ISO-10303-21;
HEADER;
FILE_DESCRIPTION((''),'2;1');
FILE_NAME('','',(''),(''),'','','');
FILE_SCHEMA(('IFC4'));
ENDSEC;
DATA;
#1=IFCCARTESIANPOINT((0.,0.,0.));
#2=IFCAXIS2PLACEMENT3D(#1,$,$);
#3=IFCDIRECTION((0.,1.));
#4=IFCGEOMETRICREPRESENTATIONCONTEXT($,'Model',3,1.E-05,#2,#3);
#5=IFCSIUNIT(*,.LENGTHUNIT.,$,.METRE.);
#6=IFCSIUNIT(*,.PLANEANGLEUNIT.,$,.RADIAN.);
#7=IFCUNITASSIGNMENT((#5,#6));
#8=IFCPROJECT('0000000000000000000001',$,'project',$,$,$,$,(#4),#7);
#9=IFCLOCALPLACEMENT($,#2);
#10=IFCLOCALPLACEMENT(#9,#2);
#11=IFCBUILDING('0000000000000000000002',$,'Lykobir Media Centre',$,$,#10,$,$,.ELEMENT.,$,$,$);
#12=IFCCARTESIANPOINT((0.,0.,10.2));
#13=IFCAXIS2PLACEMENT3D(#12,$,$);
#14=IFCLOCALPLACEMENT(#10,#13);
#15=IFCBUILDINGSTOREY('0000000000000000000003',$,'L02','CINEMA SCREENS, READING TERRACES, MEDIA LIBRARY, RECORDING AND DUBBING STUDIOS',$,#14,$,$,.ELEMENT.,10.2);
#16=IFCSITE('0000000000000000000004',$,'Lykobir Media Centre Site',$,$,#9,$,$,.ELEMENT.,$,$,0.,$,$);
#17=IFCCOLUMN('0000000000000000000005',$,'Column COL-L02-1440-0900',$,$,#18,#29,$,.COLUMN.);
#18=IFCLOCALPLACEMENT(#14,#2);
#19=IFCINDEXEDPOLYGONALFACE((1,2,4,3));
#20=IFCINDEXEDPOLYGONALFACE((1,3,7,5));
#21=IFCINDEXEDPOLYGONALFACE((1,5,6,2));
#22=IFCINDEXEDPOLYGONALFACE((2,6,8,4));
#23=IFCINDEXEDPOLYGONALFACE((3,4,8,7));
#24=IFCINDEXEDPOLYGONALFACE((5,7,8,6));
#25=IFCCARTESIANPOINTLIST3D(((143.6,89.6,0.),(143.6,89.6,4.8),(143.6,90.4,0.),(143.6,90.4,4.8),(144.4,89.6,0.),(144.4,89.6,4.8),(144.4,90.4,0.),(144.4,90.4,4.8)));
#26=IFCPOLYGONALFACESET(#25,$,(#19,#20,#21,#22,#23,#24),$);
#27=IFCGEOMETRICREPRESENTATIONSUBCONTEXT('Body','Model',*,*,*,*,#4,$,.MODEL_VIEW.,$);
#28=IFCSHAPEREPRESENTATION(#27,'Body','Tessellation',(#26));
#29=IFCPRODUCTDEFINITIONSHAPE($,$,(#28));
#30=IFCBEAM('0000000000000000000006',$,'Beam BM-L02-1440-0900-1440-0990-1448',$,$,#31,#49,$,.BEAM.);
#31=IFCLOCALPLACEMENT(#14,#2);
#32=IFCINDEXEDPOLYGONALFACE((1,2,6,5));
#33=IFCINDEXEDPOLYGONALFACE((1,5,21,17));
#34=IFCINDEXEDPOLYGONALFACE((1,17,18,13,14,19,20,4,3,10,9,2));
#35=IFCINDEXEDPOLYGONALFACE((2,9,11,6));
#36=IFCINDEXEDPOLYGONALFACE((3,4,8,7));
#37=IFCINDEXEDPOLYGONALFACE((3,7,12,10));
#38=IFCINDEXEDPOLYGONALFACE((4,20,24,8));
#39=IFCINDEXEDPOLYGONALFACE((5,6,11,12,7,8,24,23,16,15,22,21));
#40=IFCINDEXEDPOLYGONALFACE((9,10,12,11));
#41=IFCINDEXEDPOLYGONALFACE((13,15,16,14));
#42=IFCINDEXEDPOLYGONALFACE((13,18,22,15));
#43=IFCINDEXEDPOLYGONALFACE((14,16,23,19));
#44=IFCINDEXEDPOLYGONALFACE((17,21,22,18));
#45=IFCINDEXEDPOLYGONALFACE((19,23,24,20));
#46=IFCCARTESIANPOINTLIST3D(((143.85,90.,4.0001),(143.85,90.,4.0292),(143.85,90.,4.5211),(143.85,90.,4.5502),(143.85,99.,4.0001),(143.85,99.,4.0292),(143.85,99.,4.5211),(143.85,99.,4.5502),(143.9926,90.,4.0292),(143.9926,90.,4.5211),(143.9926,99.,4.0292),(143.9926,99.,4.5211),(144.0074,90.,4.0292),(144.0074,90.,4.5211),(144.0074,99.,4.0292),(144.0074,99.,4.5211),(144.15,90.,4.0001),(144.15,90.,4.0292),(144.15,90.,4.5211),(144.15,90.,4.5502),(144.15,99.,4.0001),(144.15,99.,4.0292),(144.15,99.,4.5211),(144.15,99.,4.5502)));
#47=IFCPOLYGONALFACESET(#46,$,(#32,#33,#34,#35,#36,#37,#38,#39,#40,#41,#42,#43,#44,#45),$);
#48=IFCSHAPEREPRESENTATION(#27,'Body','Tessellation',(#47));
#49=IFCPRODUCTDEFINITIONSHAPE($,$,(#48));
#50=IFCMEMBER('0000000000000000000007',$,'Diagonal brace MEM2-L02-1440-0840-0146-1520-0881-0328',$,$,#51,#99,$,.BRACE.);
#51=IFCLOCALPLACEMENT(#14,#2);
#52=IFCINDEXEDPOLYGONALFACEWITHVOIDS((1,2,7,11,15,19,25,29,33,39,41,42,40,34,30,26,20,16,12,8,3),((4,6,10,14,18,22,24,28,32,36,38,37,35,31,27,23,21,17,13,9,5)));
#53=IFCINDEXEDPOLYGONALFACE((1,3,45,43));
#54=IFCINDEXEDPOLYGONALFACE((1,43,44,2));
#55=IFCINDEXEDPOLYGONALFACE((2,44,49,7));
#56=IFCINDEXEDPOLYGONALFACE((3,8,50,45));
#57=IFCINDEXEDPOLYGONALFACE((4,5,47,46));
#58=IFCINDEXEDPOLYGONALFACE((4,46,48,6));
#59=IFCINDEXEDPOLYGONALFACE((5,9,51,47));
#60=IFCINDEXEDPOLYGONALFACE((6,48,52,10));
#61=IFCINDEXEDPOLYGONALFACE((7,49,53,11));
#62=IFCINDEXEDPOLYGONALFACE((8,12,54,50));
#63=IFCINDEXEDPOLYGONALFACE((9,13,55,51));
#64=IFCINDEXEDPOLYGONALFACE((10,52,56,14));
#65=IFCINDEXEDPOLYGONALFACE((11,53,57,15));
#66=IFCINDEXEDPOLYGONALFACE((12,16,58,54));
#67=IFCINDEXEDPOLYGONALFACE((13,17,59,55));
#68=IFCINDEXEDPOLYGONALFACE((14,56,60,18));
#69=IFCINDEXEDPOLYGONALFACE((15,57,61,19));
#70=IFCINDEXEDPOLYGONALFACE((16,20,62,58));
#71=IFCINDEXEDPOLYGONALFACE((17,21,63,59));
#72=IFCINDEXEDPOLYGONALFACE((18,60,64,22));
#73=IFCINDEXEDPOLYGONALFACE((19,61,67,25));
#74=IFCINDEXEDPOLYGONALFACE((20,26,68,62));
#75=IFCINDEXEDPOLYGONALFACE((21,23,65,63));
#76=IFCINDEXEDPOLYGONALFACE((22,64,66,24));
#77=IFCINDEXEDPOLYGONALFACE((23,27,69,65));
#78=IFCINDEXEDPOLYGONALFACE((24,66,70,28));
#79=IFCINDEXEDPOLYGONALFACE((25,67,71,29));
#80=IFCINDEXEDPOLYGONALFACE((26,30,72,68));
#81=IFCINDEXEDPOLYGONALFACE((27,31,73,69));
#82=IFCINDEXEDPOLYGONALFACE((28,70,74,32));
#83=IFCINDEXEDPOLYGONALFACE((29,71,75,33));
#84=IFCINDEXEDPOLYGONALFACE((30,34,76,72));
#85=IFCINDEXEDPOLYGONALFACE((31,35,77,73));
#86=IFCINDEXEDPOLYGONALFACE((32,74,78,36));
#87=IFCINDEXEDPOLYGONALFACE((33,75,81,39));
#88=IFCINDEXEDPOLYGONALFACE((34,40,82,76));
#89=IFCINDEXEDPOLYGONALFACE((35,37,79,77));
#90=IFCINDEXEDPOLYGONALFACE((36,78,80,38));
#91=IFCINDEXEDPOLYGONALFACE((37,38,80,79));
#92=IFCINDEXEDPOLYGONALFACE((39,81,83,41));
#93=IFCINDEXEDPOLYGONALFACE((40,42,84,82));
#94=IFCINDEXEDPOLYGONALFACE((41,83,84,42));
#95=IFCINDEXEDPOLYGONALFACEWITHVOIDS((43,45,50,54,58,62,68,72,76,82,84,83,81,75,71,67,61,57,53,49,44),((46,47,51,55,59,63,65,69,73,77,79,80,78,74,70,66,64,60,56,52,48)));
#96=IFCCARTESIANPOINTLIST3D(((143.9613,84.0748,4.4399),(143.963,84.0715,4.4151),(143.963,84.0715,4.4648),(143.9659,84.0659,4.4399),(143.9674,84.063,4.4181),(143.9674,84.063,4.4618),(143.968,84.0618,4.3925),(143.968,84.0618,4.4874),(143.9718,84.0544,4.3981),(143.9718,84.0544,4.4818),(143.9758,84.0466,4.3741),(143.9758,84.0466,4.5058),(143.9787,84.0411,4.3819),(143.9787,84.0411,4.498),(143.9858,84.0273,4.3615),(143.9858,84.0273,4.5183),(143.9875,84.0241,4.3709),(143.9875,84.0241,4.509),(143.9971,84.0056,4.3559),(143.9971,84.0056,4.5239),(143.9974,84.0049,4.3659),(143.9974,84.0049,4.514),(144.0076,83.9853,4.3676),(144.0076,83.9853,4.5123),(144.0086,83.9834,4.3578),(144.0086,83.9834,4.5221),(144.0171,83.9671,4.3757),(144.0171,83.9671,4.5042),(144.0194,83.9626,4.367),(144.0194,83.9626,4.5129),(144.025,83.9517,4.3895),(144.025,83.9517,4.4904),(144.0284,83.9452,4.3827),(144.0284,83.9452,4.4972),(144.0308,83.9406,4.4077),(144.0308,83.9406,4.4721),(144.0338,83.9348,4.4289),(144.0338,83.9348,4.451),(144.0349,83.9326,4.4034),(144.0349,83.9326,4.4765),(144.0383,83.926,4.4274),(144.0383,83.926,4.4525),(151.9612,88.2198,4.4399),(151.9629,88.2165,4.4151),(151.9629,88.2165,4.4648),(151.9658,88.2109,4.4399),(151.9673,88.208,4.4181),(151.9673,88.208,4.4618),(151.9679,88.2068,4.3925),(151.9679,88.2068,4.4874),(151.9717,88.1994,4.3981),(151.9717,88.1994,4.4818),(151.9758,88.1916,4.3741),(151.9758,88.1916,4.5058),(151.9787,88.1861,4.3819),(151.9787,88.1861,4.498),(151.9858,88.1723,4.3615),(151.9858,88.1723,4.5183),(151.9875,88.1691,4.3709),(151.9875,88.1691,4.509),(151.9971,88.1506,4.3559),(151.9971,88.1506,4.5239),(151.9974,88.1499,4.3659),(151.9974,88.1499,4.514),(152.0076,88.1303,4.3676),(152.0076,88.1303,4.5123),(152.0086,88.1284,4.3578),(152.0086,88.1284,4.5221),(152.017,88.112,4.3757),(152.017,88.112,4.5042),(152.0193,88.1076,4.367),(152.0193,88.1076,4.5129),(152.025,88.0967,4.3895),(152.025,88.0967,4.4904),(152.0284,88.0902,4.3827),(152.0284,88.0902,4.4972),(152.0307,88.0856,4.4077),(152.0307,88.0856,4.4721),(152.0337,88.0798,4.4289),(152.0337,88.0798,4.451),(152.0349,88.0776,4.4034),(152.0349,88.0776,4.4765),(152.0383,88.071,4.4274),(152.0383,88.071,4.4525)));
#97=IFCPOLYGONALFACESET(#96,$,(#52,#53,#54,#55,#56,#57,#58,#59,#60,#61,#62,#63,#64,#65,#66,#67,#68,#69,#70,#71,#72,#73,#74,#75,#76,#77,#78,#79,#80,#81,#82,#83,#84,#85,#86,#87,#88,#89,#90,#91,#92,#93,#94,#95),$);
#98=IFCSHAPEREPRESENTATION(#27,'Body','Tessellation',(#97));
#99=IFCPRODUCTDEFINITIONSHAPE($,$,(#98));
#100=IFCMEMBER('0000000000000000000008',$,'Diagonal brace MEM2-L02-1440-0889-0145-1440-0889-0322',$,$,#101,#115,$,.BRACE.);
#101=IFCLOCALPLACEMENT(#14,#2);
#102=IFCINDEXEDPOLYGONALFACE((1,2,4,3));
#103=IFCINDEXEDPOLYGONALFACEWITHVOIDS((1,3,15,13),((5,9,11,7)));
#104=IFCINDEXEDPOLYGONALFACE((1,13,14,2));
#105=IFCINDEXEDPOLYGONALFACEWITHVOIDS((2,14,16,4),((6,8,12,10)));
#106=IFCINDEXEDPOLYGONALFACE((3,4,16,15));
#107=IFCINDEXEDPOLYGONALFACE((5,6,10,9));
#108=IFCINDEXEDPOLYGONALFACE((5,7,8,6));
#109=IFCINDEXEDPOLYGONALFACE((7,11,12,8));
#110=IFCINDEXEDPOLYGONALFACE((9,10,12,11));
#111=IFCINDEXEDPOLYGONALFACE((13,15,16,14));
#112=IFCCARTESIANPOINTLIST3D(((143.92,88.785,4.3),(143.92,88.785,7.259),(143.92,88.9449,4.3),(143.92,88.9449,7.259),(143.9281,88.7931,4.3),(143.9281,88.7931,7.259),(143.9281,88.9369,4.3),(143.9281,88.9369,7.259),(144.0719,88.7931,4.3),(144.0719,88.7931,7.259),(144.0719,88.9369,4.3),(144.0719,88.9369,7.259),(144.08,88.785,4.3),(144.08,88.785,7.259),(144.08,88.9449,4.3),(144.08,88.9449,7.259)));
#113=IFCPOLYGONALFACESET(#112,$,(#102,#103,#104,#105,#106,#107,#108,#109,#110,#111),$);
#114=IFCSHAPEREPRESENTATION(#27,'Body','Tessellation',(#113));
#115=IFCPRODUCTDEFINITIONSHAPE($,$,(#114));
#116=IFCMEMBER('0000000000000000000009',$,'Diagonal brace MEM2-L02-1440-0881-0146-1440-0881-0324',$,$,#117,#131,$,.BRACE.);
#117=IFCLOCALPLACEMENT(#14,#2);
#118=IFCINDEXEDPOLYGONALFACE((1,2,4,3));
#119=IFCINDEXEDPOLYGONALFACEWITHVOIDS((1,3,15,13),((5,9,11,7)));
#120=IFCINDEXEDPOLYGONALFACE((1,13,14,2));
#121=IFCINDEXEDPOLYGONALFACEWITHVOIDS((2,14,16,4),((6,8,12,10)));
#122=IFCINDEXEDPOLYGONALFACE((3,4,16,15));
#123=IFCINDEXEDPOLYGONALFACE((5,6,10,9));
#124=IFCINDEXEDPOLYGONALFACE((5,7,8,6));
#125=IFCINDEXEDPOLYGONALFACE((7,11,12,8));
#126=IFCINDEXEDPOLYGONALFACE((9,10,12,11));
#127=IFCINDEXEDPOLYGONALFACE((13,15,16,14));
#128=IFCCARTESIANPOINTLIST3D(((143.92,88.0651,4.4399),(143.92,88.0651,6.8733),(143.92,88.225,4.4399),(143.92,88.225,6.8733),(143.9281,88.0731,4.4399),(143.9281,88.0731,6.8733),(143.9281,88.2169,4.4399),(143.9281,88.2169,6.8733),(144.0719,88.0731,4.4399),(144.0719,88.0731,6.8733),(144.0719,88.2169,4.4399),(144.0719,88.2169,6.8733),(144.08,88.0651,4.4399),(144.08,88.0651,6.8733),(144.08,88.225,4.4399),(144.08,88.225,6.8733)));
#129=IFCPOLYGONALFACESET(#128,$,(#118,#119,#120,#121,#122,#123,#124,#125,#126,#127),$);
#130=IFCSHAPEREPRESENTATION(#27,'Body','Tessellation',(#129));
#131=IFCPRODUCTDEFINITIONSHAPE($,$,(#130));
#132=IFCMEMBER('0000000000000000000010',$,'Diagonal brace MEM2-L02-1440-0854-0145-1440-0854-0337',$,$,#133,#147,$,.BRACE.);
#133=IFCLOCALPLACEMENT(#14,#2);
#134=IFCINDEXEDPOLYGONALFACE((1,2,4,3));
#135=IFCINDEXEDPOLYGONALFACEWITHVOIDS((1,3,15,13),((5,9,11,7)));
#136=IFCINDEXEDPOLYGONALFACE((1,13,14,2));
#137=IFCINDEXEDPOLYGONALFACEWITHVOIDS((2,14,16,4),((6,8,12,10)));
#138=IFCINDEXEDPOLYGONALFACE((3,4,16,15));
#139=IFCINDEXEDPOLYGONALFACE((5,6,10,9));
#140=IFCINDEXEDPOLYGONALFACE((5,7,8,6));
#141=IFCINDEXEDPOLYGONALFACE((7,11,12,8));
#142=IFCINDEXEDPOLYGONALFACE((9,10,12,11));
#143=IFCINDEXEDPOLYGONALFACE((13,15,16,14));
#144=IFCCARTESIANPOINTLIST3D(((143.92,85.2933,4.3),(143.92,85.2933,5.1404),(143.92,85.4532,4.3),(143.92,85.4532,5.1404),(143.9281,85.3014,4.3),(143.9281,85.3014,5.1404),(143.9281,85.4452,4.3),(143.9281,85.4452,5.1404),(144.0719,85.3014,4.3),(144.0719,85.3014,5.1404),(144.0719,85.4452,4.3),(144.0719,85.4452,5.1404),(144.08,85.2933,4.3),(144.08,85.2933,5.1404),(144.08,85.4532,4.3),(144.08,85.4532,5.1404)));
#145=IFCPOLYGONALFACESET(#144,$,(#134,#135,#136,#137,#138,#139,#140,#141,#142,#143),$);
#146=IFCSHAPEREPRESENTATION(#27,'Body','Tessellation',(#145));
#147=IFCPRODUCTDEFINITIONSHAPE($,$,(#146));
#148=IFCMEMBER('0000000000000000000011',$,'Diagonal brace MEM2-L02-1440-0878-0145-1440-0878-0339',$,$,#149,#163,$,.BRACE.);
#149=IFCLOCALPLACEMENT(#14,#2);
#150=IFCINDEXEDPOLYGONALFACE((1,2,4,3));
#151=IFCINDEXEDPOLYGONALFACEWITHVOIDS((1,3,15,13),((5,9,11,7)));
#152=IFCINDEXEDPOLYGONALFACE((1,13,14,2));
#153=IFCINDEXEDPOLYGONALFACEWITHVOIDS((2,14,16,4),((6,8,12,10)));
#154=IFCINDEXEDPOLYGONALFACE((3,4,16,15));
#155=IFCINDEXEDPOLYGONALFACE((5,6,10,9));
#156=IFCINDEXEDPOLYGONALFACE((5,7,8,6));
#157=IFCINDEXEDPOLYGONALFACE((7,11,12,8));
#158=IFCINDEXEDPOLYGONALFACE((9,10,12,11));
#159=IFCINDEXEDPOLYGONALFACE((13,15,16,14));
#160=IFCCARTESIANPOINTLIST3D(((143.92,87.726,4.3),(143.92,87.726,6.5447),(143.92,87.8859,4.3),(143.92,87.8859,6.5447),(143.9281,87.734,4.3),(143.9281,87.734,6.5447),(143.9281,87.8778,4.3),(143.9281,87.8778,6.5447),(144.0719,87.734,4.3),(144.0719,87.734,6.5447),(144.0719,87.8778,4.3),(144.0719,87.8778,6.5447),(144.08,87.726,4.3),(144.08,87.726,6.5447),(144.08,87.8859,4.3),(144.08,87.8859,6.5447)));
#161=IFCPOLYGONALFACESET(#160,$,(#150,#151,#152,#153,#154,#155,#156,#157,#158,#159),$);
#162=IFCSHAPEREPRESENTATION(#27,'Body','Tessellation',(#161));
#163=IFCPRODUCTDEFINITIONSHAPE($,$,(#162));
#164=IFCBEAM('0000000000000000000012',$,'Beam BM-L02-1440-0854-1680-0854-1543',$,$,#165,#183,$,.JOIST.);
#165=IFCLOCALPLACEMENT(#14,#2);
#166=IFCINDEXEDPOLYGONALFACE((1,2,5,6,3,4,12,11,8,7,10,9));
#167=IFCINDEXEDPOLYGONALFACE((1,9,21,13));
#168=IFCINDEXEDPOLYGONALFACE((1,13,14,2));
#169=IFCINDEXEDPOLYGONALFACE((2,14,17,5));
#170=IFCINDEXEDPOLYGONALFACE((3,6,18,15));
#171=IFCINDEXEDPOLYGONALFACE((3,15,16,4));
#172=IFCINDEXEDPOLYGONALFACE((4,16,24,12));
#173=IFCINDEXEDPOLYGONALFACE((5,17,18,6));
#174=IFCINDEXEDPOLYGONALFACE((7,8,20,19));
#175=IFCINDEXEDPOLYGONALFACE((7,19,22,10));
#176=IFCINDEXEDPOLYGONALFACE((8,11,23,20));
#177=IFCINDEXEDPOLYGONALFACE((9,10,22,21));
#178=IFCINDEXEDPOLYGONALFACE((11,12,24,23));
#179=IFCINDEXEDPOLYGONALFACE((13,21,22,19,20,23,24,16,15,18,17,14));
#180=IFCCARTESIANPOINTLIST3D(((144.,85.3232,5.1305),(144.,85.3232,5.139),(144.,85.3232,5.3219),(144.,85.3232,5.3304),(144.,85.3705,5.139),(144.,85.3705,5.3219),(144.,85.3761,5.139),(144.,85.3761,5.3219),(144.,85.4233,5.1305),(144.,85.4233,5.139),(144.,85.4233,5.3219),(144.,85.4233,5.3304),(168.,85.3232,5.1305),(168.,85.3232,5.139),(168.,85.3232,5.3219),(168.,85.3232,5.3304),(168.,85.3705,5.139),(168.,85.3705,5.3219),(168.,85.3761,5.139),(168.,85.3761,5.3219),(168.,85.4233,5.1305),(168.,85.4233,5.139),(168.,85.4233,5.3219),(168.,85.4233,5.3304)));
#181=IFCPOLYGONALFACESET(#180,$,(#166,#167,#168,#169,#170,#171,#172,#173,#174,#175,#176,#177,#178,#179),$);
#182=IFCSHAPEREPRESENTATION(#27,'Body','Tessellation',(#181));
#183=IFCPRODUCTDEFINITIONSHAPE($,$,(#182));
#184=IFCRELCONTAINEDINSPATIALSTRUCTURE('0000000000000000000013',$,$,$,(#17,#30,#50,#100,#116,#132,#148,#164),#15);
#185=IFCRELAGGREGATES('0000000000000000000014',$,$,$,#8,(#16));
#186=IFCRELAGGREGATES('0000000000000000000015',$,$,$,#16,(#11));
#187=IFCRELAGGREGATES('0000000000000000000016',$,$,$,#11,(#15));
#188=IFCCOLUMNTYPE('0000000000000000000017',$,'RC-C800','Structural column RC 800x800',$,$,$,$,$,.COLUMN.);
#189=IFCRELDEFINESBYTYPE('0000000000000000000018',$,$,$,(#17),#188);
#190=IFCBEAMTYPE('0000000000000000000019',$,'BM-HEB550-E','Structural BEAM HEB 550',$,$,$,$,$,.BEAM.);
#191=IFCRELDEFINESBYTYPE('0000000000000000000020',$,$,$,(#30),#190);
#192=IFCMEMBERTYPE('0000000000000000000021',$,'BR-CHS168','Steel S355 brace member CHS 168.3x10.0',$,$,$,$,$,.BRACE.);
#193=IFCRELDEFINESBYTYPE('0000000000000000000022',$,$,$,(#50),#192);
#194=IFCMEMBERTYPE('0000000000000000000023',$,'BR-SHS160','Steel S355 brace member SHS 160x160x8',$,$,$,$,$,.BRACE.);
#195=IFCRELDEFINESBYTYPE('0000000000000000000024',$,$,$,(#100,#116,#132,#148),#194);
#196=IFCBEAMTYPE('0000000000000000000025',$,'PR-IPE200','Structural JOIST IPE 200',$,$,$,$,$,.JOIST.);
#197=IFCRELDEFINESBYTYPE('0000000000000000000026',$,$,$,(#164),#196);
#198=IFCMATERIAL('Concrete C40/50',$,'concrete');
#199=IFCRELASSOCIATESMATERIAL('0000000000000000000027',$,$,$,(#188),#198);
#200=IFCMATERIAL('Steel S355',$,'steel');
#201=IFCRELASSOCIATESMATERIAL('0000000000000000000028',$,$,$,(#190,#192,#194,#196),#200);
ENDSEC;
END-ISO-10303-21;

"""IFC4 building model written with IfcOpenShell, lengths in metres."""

from ifc_helpers import new_model, si_unit, direction, frame, origin, origin_2d, place, context, subcontext, project, spatial, rectangle, hollow_rectangle, hollow_circle, i_section, extrude, material, material_profile, profile_set, type_object, element, save


model = new_model("IFC4")

# Units and contexts
model_context = context("Model", 3, precision=1e-05, world=origin(), true_north=direction((0.0, 1.0)))
body_context = subcontext(model_context, "Body", "Model", "MODEL_VIEW")
ifc_project = project(units=[si_unit("LENGTHUNIT", "METRE"), si_unit("PLANEANGLEUNIT", "RADIAN")], contexts=[model_context])

# Site, building, storey
site_placement = place(None, origin())
site = spatial("IfcSite", under=ifc_project, at=site_placement, Name="Lykobir Media Centre Site", CompositionType="ELEMENT", RefElevation=0.0)
building_placement = place(site_placement, origin())
building = spatial("IfcBuilding", under=site, at=building_placement, Name="Lykobir Media Centre", CompositionType="ELEMENT")
storey_placement = place(building_placement, frame((0.0, 0.0, 10.2)))
storey = spatial("IfcBuildingStorey", under=building, at=storey_placement, Name="L02", Description="CINEMA SCREENS, READING TERRACES, MEDIA LIBRARY, RECORDING AND DUBBING STUDIOS", CompositionType="ELEMENT", Elevation=10.2)

# Column
ifc_material_1 = material(Name="Concrete C40/50", Category="concrete")
ifc_material_profile_1 = material_profile(ifc_material_1, rectangle(XDim=0.8, YDim=0.8, at=origin_2d()), Name="RC 800x800")
ifc_profile_set_1 = profile_set([ifc_material_profile_1], Name="Concrete C40/50")
column_type = type_object("IfcColumnType", Name="RC-C800", Description="Structural column RC 800x800", PredefinedType="COLUMN", material=ifc_profile_set_1)
column_placement = place(storey_placement, frame((144.0, 90.0, 0.0), z_axis=(0.0, 0.0, 1.0), x_axis=(1.0, 0.0, 0.0)))
element("IfcColumn", 1, at=column_placement, inside=storey, type_object=column_type, Name="Column COL-L02-1440-0900", PredefinedType="COLUMN", context=body_context, shape_type="SweptSolid", body=[
    extrude(rectangle(XDim=0.8, YDim=0.8, at=origin_2d()), origin(), (0.0, 0.0, 1.0), 4.8),
])

# Beam
ifc_material_2 = material(Name="Steel S355", Category="steel")
ifc_material_profile_2 = material_profile(ifc_material_2, i_section(OverallWidth=0.3, OverallDepth=0.55, WebThickness=0.0149, FlangeThickness=0.0291, at=origin_2d()), Name="HEB 550")
ifc_profile_set_2 = profile_set([ifc_material_profile_2], Name="Steel S355")
beam_type_1 = type_object("IfcBeamType", Name="BM-HEB550-E", Description="Structural BEAM HEB 550", PredefinedType="BEAM", material=ifc_profile_set_2)
beam_placement = place(storey_placement, frame((144.0, 90.0, 4.2751), z_axis=(0.0, 1.0, 0.0), x_axis=(-1.0, 0.0, 0.0)))
element("IfcBeam", 2, at=beam_placement, inside=storey, type_object=beam_type_1, Name="Beam BM-L02-1440-0900-1440-0990-1448", PredefinedType="BEAM", context=body_context, shape_type="SweptSolid", body=[
    extrude(i_section(OverallWidth=0.3, OverallDepth=0.55, WebThickness=0.0149, FlangeThickness=0.0291, at=origin_2d()), origin(), (0.0, 0.0, 1.0), 9.0),
])

# Members
ifc_material_profile_3 = material_profile(ifc_material_2, hollow_circle(Radius=0.0842, WallThickness=0.01, at=origin_2d()), Name="CHS 168.3x10.0")
ifc_profile_set_3 = profile_set([ifc_material_profile_3], Name="Steel S355")
member_type_1 = type_object("IfcMemberType", Name="BR-CHS168", Description="Steel S355 brace member CHS 168.3x10.0", PredefinedType="BRACE", material=ifc_profile_set_3)
member_1_placement = place(storey_placement, frame((144.0, 84.0, 4.4399), z_axis=(0.887896, 0.460043, 0.0), x_axis=(-0.460043, 0.887896, 0.0)))
element("IfcMember", 3, at=member_1_placement, inside=storey, type_object=member_type_1, Name="Diagonal brace MEM2-L02-1440-0840-0146-1520-0881-0328", PredefinedType="BRACE", context=body_context, shape_type="SweptSolid", body=[
    extrude(hollow_circle(Radius=0.0842, WallThickness=0.01, at=origin_2d()), origin(), (0.0, 0.0, 1.0), 9.01),
])
ifc_material_profile_4 = material_profile(ifc_material_2, hollow_rectangle(XDim=0.1599, YDim=0.1599, WallThickness=0.0081, at=origin_2d()), Name="SHS 160x160x8")
ifc_profile_set_4 = profile_set([ifc_material_profile_4], Name="Steel S355")
member_type_2 = type_object("IfcMemberType", Name="BR-SHS160", Description="Steel S355 brace member SHS 160x160x8", PredefinedType="BRACE", material=ifc_profile_set_4)
member_2_placement = place(storey_placement, frame((144.0, 88.865, 4.3), z_axis=(0.0, 0.0, 1.0), x_axis=(1.0, 0.0, 0.0)))
element("IfcMember", 4, at=member_2_placement, inside=storey, type_object=member_type_2, Name="Diagonal brace MEM2-L02-1440-0889-0145-1440-0889-0322", PredefinedType="BRACE", context=body_context, shape_type="SweptSolid", body=[
    extrude(hollow_rectangle(XDim=0.1599, YDim=0.1599, WallThickness=0.0081, at=origin_2d()), origin(), (0.0, 0.0, 1.0), 2.959),
])
member_3_placement = place(storey_placement, frame((144.0, 88.145, 4.4399), z_axis=(0.0, 0.0, 1.0), x_axis=(1.0, 0.0, 0.0)))
element("IfcMember", 5, at=member_3_placement, inside=storey, type_object=member_type_2, Name="Diagonal brace MEM2-L02-1440-0881-0146-1440-0881-0324", PredefinedType="BRACE", context=body_context, shape_type="SweptSolid", body=[
    extrude(hollow_rectangle(XDim=0.1599, YDim=0.1599, WallThickness=0.0081, at=origin_2d()), origin(), (0.0, 0.0, 1.0), 2.4333),
])
member_4_placement = place(storey_placement, frame((144.0, 85.3733, 4.3), z_axis=(0.0, 0.0, 1.0), x_axis=(1.0, 0.0, 0.0)))
element("IfcMember", 6, at=member_4_placement, inside=storey, type_object=member_type_2, Name="Diagonal brace MEM2-L02-1440-0854-0145-1440-0854-0337", PredefinedType="BRACE", context=body_context, shape_type="SweptSolid", body=[
    extrude(hollow_rectangle(XDim=0.1599, YDim=0.1599, WallThickness=0.0081, at=origin_2d()), origin(), (0.0, 0.0, 1.0), 0.8403),
])
member_5_placement = place(storey_placement, frame((144.0, 87.8059, 4.3), z_axis=(0.0, 0.0, 1.0), x_axis=(1.0, 0.0, 0.0)))
element("IfcMember", 7, at=member_5_placement, inside=storey, type_object=member_type_2, Name="Diagonal brace MEM2-L02-1440-0878-0145-1440-0878-0339", PredefinedType="BRACE", context=body_context, shape_type="SweptSolid", body=[
    extrude(hollow_rectangle(XDim=0.1599, YDim=0.1599, WallThickness=0.0081, at=origin_2d()), origin(), (0.0, 0.0, 1.0), 2.2446),
])

# Beam
ifc_material_profile_5 = material_profile(ifc_material_2, i_section(OverallWidth=0.1001, OverallDepth=0.2, WebThickness=0.0056, FlangeThickness=0.0085, at=origin_2d()), Name="IPE 200")
ifc_profile_set_5 = profile_set([ifc_material_profile_5], Name="Steel S355")
beam_type_2 = type_object("IfcBeamType", Name="PR-IPE200", Description="Structural JOIST IPE 200", PredefinedType="JOIST", material=ifc_profile_set_5)
for number, where, z_axis, x_axis, name in (
    (8, (144.0, 85.3733, 5.2305), (1.0, 0.0, 0.0), (0.0, 1.0, 0.0), "Beam BM-L02-1440-0854-1680-0854-1543"),
):
    element("IfcBeam", number, at=place(storey_placement, frame(where, z_axis=z_axis, x_axis=x_axis)), inside=storey, type_object=beam_type_2, Name=name, PredefinedType="JOIST", context=body_context, shape_type="SweptSolid", body=[
        extrude(i_section(OverallWidth=0.1001, OverallDepth=0.2, WebThickness=0.0056, FlangeThickness=0.0085, at=origin_2d()), origin(), (0.0, 0.0, 1.0), 24.0),
    ])

save(model, "model.ifc")
